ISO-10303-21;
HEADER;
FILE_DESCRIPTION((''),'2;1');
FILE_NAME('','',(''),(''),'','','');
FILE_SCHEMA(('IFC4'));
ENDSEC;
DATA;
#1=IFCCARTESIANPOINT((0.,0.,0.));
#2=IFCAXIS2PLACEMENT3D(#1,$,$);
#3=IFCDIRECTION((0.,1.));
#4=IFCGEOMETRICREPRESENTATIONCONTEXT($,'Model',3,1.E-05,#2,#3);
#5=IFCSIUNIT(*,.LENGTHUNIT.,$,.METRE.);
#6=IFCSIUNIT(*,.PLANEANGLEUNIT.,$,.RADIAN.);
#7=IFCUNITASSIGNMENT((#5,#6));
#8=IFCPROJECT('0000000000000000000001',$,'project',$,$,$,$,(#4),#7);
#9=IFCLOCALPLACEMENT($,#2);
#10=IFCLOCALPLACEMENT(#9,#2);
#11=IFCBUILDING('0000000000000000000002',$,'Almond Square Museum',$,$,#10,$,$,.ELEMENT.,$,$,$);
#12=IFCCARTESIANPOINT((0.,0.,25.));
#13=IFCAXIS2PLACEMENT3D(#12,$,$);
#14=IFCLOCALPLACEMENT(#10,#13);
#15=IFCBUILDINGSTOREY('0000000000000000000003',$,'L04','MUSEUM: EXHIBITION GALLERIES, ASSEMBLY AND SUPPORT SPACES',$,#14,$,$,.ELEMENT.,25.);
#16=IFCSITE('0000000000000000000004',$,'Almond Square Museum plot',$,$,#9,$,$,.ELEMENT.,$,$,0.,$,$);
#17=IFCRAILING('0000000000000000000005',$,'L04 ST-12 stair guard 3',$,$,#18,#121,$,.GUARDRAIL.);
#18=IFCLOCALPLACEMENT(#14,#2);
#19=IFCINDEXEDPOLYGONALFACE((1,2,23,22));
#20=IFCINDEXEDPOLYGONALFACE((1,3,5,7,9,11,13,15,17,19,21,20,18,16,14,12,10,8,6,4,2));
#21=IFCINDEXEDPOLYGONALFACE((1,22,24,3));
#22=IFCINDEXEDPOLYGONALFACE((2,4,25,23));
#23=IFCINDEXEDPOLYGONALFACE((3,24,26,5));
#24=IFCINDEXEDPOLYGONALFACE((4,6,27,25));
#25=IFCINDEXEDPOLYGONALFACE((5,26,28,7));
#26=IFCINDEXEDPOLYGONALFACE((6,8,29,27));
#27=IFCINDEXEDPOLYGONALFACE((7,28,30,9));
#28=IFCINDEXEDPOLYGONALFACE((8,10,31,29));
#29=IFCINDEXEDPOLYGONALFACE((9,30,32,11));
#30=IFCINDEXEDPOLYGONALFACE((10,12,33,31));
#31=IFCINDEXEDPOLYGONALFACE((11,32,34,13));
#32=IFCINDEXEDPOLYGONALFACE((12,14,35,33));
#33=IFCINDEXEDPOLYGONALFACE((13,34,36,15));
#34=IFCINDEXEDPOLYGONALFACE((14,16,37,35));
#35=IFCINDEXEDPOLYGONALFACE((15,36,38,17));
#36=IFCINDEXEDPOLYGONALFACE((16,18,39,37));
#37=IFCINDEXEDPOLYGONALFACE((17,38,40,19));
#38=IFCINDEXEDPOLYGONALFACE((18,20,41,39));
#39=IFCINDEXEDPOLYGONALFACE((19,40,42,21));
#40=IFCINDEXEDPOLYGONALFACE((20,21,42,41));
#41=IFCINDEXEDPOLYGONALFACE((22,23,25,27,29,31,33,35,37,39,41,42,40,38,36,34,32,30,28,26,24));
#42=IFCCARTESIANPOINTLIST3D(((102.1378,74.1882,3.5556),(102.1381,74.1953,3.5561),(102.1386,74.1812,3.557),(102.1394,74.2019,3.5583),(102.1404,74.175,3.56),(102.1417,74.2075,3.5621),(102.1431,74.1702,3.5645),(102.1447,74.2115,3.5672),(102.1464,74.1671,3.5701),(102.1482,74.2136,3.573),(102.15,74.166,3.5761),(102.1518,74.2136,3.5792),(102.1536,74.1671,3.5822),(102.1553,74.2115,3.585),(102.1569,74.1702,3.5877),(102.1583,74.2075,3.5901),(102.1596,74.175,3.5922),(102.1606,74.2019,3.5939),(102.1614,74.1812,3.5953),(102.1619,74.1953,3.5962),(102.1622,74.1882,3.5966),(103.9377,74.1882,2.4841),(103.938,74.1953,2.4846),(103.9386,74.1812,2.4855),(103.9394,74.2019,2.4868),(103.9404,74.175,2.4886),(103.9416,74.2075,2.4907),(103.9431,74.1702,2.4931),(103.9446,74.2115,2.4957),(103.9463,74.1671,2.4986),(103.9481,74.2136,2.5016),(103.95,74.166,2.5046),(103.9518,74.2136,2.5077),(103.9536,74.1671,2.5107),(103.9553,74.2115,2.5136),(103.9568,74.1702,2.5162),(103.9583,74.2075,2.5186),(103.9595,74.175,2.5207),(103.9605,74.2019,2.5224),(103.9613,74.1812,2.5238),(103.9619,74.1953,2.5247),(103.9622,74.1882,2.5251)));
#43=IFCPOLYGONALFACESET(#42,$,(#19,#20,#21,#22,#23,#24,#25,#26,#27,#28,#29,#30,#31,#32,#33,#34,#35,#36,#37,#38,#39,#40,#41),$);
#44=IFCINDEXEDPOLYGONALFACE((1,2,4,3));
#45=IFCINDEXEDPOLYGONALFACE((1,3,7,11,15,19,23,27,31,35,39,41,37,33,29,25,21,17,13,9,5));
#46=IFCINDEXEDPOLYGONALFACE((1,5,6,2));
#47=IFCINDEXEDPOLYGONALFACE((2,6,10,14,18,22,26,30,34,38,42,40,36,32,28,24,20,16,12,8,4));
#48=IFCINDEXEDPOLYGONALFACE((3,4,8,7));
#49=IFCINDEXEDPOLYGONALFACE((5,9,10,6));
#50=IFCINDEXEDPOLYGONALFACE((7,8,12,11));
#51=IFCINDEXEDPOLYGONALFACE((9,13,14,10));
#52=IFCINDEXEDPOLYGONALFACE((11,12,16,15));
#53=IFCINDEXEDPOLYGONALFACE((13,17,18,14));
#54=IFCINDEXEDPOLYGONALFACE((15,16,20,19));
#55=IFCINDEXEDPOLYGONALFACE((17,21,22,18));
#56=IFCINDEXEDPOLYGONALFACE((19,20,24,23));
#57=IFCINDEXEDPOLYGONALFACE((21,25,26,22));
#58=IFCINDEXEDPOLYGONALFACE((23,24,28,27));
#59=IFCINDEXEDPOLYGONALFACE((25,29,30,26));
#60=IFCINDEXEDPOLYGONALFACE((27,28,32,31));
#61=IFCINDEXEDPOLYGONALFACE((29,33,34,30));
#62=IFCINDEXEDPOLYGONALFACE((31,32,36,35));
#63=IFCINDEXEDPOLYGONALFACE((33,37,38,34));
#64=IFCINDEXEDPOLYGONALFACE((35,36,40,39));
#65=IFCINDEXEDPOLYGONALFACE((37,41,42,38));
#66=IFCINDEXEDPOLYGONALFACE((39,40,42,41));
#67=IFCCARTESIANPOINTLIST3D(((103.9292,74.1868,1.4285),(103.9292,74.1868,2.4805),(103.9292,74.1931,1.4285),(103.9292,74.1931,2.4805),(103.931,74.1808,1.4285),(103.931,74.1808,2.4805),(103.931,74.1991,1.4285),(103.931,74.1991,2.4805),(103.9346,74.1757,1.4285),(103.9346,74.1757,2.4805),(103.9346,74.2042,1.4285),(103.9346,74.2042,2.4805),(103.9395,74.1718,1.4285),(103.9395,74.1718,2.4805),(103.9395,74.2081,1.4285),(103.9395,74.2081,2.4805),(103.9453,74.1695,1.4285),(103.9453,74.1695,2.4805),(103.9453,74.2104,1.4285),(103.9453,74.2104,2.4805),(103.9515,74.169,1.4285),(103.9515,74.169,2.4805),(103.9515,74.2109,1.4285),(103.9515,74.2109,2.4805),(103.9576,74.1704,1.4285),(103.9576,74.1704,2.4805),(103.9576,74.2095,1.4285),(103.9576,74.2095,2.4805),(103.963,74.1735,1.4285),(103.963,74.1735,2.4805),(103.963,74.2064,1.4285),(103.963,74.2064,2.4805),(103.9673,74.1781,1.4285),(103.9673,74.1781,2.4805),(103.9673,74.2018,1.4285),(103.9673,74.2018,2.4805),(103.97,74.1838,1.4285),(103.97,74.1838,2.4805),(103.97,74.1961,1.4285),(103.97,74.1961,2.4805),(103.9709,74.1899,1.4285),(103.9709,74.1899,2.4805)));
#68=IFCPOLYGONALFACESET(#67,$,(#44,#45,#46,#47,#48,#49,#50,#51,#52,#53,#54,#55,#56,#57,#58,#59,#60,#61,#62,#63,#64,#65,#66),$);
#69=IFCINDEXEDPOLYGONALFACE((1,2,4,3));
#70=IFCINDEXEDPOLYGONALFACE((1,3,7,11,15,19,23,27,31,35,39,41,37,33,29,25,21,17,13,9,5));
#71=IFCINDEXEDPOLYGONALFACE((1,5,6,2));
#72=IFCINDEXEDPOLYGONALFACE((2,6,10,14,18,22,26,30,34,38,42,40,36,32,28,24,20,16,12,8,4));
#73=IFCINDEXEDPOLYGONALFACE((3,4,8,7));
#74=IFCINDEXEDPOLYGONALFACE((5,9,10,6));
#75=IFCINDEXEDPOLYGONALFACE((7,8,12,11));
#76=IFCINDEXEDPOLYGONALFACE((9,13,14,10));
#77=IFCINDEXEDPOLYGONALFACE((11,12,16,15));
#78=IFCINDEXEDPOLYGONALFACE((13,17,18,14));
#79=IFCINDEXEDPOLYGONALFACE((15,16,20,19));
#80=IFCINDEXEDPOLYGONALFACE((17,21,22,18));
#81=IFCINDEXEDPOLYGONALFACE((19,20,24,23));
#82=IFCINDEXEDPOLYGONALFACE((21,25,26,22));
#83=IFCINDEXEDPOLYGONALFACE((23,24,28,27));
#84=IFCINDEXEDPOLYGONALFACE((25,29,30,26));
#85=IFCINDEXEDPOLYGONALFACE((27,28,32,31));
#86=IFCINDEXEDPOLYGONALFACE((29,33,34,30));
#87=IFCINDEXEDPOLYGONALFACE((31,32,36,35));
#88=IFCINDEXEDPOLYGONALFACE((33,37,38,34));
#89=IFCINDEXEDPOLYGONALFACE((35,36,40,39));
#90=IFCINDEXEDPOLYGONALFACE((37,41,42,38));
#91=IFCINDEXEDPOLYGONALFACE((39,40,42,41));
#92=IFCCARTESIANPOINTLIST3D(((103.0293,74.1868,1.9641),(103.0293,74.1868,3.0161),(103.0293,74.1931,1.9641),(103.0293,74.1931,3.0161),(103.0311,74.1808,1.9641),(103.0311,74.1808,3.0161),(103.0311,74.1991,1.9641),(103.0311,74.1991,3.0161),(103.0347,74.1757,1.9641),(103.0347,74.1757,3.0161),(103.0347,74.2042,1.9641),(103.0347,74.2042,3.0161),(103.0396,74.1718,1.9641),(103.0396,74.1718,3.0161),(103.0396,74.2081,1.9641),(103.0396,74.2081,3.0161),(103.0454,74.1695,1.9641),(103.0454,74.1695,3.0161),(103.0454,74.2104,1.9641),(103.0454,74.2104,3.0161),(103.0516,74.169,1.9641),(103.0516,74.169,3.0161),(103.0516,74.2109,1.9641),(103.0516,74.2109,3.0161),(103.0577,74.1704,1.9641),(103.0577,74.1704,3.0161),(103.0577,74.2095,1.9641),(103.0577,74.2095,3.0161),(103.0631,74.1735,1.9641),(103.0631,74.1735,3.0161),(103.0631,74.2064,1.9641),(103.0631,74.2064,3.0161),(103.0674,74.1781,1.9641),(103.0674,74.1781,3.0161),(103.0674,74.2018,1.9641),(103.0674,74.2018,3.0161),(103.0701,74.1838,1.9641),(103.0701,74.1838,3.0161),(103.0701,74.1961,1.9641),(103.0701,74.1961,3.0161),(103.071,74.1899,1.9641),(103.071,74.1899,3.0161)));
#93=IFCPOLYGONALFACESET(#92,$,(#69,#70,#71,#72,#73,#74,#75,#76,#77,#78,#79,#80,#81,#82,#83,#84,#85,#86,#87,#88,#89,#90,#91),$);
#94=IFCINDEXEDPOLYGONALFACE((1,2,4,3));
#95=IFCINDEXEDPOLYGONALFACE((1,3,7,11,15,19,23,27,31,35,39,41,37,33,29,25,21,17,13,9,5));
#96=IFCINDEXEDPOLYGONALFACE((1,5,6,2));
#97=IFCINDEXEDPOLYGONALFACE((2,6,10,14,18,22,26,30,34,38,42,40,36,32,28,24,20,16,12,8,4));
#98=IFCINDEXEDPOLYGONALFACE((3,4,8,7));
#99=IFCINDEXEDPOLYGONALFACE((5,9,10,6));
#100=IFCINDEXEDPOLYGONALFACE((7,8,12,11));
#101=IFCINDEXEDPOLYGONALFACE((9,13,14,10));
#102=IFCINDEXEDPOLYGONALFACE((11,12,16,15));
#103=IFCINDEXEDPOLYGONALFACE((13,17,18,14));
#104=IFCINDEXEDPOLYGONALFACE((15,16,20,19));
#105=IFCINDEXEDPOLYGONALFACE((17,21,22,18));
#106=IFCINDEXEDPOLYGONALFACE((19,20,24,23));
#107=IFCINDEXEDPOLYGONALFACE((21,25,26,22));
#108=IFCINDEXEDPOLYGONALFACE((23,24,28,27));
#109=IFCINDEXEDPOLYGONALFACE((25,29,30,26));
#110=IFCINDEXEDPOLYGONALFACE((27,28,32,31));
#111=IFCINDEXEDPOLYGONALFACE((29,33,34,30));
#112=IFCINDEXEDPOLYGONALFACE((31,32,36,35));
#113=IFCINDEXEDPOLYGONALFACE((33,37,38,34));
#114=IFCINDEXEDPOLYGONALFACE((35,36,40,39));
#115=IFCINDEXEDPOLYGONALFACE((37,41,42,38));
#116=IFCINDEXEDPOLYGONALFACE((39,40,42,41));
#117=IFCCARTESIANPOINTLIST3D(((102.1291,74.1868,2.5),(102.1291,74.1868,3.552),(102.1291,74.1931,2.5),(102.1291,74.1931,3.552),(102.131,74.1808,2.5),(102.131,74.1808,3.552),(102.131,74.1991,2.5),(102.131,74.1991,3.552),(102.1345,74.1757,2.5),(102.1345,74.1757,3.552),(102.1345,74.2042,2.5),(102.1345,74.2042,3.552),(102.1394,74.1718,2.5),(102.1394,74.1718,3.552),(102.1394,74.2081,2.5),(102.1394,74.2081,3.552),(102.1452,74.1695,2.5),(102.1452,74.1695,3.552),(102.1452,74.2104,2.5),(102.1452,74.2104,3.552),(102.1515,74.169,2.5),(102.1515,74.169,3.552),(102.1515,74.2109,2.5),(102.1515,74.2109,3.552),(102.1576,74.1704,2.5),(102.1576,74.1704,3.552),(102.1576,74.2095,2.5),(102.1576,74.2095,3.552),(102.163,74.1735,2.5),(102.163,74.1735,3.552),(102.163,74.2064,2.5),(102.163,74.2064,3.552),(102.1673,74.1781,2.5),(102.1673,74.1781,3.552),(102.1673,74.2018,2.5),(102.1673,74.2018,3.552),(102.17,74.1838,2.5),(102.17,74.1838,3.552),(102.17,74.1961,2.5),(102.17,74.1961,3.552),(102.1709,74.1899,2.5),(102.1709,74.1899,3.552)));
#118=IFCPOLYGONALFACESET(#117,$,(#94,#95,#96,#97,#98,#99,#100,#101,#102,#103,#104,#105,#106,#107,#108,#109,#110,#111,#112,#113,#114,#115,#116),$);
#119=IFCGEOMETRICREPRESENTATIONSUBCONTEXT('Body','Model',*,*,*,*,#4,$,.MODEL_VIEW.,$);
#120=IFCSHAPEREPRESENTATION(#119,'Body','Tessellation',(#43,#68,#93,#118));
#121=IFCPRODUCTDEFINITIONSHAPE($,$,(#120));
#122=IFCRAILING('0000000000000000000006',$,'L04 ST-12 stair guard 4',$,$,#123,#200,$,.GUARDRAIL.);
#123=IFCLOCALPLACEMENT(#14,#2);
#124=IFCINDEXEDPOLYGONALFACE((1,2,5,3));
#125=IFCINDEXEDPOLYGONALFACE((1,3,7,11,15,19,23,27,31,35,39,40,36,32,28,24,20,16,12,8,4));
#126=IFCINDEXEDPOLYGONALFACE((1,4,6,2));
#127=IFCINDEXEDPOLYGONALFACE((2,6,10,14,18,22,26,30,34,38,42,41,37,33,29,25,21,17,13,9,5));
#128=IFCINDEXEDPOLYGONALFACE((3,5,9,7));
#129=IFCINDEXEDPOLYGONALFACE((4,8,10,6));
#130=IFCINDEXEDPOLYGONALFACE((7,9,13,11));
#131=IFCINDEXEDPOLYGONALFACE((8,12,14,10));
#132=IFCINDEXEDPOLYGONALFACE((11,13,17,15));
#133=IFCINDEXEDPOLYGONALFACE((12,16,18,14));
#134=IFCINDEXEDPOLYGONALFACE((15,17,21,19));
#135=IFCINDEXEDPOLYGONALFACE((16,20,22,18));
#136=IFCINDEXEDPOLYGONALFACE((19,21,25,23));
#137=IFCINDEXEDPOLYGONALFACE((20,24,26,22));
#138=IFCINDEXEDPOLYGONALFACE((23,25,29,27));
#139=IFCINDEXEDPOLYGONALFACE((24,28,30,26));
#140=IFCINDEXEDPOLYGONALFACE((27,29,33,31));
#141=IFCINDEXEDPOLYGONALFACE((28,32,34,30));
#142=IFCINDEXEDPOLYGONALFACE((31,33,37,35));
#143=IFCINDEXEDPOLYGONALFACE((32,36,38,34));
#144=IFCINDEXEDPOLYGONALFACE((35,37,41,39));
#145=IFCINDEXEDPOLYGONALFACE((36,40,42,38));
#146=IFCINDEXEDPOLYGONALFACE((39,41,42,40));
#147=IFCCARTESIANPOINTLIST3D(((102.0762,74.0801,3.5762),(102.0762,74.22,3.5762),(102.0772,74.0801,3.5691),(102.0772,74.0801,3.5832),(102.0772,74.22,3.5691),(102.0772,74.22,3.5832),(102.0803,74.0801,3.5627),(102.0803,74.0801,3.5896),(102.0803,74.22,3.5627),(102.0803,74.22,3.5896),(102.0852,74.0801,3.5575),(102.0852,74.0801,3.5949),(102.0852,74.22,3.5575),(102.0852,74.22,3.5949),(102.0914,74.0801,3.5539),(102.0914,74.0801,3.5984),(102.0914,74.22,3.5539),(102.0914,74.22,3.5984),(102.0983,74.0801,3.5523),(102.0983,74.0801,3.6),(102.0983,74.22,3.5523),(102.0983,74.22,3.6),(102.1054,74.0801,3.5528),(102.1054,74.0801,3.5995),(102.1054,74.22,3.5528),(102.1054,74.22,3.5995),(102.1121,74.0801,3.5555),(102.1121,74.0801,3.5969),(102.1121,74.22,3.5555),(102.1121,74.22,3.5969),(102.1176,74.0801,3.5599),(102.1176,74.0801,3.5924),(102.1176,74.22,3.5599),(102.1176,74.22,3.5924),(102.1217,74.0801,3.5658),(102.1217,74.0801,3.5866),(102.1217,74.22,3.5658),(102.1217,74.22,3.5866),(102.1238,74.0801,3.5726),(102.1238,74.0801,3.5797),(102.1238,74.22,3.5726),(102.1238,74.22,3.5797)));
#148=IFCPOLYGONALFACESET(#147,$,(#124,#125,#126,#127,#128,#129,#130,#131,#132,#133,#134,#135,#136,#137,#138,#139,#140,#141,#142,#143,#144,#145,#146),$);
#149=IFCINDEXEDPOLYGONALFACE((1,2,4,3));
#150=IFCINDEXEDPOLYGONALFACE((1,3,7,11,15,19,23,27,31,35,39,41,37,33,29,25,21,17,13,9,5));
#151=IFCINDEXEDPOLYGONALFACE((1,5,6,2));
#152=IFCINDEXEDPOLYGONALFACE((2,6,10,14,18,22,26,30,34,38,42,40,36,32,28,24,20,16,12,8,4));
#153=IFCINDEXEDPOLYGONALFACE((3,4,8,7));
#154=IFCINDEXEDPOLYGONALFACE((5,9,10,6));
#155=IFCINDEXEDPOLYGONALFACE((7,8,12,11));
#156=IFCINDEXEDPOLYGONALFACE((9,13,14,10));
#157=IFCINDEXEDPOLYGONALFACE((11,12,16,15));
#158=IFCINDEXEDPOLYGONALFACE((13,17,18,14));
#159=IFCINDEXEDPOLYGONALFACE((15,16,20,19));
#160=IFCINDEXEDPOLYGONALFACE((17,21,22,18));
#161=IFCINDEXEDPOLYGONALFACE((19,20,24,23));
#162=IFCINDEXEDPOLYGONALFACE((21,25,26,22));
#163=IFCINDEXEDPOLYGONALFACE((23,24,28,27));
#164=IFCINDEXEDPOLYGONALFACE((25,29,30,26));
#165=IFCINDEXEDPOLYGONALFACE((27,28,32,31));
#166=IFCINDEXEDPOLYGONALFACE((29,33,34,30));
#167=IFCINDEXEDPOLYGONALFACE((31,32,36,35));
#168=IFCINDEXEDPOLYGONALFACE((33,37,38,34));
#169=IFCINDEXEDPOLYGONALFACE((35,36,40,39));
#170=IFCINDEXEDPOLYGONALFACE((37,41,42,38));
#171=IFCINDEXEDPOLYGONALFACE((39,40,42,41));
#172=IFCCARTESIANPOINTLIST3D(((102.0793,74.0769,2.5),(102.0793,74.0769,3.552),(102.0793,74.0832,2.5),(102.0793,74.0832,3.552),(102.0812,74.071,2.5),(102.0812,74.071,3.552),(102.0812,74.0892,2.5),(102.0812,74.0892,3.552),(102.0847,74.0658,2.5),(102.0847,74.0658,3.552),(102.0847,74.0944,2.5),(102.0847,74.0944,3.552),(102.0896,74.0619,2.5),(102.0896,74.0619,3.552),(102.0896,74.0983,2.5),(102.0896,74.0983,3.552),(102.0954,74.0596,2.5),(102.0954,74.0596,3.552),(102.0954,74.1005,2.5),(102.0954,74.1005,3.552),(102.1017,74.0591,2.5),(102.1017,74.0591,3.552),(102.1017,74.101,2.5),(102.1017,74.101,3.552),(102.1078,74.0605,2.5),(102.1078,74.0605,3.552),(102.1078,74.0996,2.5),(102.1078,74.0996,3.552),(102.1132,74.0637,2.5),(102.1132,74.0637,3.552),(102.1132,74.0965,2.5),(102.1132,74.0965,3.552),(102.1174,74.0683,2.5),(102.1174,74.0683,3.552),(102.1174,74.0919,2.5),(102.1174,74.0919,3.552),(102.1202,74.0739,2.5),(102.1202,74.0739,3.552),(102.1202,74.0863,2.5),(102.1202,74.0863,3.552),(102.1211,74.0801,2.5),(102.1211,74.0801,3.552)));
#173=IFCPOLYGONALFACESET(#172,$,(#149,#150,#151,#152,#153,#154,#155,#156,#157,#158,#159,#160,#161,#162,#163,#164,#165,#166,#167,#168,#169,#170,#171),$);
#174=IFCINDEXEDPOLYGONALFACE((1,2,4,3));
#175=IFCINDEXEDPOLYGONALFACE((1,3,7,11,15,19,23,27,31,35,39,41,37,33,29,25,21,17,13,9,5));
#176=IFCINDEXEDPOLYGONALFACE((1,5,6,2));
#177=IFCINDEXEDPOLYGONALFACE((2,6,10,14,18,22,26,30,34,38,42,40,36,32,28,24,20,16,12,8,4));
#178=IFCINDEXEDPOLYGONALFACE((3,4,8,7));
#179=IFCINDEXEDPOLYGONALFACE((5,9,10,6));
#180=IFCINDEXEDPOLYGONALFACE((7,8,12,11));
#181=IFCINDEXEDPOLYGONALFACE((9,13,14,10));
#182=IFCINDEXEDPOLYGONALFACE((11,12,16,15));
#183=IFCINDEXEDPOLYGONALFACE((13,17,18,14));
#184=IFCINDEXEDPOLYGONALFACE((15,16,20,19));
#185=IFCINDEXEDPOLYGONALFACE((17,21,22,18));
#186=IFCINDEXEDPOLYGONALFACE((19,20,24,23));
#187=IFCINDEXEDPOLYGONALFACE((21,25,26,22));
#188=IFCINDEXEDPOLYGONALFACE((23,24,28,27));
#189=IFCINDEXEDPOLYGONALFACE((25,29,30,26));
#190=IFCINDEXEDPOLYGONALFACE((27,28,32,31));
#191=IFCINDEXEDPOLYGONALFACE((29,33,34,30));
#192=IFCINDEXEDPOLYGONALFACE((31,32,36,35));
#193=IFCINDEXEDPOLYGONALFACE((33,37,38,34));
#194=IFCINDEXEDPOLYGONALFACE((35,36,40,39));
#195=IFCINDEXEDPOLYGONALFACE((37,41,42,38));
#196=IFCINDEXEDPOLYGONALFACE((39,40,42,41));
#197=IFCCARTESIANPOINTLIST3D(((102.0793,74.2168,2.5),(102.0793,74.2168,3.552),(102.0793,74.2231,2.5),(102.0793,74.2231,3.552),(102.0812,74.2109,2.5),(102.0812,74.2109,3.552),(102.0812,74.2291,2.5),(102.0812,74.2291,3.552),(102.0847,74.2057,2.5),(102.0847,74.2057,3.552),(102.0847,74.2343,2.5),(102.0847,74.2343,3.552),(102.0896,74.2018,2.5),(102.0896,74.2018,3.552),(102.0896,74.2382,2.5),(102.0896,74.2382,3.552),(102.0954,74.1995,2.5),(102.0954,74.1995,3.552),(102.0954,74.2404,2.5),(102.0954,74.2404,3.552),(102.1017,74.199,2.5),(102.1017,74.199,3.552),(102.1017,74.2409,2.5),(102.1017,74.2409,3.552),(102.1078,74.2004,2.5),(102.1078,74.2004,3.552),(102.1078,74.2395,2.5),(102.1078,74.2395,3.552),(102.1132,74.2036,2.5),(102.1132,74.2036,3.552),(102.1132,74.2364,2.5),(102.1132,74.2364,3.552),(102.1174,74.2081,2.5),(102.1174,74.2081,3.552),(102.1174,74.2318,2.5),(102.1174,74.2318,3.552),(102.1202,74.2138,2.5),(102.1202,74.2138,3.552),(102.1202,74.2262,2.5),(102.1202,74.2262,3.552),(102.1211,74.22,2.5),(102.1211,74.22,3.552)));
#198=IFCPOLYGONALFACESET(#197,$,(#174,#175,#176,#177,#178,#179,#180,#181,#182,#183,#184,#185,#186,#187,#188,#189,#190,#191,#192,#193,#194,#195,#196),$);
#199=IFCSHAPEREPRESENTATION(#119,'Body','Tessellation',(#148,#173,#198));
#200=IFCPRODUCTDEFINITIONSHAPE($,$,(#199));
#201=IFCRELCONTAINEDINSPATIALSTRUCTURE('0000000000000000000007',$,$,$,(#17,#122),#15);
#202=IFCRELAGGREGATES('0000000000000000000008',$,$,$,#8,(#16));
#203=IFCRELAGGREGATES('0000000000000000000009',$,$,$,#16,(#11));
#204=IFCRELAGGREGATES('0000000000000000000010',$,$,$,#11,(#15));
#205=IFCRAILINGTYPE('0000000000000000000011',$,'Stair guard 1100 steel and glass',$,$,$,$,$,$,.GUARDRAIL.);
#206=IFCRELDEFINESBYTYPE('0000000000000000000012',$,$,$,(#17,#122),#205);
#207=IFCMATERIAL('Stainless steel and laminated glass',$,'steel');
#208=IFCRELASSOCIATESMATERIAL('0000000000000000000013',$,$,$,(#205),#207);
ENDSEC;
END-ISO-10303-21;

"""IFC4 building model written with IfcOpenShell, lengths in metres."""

from ifc_helpers import new_model, si_unit, direction, frame, origin, origin_2d, place, context, subcontext, project, spatial, circle, extrude, material, type_object, element, save


model = new_model("IFC4")

# Units and contexts
model_context = context("Model", 3, precision=1e-05, world=origin(), true_north=direction((0.0, 1.0)))
body_context = subcontext(model_context, "Body", "Model", "MODEL_VIEW")
ifc_project = project(units=[si_unit("LENGTHUNIT", "METRE"), si_unit("PLANEANGLEUNIT", "RADIAN")], contexts=[model_context])

# Site, building, storey
site_placement = place(None, origin())
site = spatial("IfcSite", under=ifc_project, at=site_placement, Name="Almond Square Museum plot", CompositionType="ELEMENT", RefElevation=0.0)
building_placement = place(site_placement, origin())
building = spatial("IfcBuilding", under=site, at=building_placement, Name="Almond Square Museum", CompositionType="ELEMENT")
storey_placement = place(building_placement, frame((0.0, 0.0, 25.0)))
storey = spatial("IfcBuildingStorey", under=building, at=storey_placement, Name="L04", Description="MUSEUM: EXHIBITION GALLERIES, ASSEMBLY AND SUPPORT SPACES", CompositionType="ELEMENT", Elevation=25.0)

# Railings
ifc_material_1 = material(Name="Stainless steel and laminated glass", Category="steel")
railing_type_1 = type_object("IfcRailingType", Name="Stair guard 1100 steel and glass", PredefinedType="GUARDRAIL", material=ifc_material_1)
railing_1_placement = place(storey_placement, frame((103.95, 74.1899, 1.4285)))
element("IfcRailing", 1, at=railing_1_placement, inside=storey, type_object=railing_type_1, Name="L04 ST-12 stair guard 3", PredefinedType="GUARDRAIL", context=body_context, shape_type="SweptSolid", body=[
    extrude(circle(Radius=0.0239, at=origin_2d()), frame((0.0, 0.0, 1.0762), z_axis=(-0.859277, 0.0, 0.51151), x_axis=(0.0, -1.0, 0.0)), (0.0, 0.0, 1.0), 2.0947),
    extrude(circle(Radius=0.021, at=origin_2d()), origin(), (0.0, 0.0, 1.0), 1.052),
    extrude(circle(Radius=0.021, at=origin_2d()), frame((-0.8999, 0.0, 0.5356)), (0.0, 0.0, 1.0), 1.052),
    extrude(circle(Radius=0.021, at=origin_2d()), frame((-1.8, 0.0, 1.0715)), (0.0, 0.0, 1.0), 1.052),
])
railing_2_placement = place(storey_placement, frame((102.1001, 74.0801, 2.5)))
element("IfcRailing", 2, at=railing_2_placement, inside=storey, type_object=railing_type_1, Name="L04 ST-12 stair guard 4", PredefinedType="GUARDRAIL", context=body_context, shape_type="SweptSolid", body=[
    extrude(circle(Radius=0.0239, at=origin_2d()), frame((0.0, 0.0, 1.0762), z_axis=(0.0, 1.0, 0.0), x_axis=(-1.0, 0.0, 0.0)), (0.0, 0.0, 1.0), 0.1399),
    extrude(circle(Radius=0.021, at=origin_2d()), origin(), (0.0, 0.0, 1.0), 1.052),
    extrude(circle(Radius=0.021, at=origin_2d()), frame((0.0, 0.1399, 0.0)), (0.0, 0.0, 1.0), 1.052),
])

save(model, "model.ifc")
